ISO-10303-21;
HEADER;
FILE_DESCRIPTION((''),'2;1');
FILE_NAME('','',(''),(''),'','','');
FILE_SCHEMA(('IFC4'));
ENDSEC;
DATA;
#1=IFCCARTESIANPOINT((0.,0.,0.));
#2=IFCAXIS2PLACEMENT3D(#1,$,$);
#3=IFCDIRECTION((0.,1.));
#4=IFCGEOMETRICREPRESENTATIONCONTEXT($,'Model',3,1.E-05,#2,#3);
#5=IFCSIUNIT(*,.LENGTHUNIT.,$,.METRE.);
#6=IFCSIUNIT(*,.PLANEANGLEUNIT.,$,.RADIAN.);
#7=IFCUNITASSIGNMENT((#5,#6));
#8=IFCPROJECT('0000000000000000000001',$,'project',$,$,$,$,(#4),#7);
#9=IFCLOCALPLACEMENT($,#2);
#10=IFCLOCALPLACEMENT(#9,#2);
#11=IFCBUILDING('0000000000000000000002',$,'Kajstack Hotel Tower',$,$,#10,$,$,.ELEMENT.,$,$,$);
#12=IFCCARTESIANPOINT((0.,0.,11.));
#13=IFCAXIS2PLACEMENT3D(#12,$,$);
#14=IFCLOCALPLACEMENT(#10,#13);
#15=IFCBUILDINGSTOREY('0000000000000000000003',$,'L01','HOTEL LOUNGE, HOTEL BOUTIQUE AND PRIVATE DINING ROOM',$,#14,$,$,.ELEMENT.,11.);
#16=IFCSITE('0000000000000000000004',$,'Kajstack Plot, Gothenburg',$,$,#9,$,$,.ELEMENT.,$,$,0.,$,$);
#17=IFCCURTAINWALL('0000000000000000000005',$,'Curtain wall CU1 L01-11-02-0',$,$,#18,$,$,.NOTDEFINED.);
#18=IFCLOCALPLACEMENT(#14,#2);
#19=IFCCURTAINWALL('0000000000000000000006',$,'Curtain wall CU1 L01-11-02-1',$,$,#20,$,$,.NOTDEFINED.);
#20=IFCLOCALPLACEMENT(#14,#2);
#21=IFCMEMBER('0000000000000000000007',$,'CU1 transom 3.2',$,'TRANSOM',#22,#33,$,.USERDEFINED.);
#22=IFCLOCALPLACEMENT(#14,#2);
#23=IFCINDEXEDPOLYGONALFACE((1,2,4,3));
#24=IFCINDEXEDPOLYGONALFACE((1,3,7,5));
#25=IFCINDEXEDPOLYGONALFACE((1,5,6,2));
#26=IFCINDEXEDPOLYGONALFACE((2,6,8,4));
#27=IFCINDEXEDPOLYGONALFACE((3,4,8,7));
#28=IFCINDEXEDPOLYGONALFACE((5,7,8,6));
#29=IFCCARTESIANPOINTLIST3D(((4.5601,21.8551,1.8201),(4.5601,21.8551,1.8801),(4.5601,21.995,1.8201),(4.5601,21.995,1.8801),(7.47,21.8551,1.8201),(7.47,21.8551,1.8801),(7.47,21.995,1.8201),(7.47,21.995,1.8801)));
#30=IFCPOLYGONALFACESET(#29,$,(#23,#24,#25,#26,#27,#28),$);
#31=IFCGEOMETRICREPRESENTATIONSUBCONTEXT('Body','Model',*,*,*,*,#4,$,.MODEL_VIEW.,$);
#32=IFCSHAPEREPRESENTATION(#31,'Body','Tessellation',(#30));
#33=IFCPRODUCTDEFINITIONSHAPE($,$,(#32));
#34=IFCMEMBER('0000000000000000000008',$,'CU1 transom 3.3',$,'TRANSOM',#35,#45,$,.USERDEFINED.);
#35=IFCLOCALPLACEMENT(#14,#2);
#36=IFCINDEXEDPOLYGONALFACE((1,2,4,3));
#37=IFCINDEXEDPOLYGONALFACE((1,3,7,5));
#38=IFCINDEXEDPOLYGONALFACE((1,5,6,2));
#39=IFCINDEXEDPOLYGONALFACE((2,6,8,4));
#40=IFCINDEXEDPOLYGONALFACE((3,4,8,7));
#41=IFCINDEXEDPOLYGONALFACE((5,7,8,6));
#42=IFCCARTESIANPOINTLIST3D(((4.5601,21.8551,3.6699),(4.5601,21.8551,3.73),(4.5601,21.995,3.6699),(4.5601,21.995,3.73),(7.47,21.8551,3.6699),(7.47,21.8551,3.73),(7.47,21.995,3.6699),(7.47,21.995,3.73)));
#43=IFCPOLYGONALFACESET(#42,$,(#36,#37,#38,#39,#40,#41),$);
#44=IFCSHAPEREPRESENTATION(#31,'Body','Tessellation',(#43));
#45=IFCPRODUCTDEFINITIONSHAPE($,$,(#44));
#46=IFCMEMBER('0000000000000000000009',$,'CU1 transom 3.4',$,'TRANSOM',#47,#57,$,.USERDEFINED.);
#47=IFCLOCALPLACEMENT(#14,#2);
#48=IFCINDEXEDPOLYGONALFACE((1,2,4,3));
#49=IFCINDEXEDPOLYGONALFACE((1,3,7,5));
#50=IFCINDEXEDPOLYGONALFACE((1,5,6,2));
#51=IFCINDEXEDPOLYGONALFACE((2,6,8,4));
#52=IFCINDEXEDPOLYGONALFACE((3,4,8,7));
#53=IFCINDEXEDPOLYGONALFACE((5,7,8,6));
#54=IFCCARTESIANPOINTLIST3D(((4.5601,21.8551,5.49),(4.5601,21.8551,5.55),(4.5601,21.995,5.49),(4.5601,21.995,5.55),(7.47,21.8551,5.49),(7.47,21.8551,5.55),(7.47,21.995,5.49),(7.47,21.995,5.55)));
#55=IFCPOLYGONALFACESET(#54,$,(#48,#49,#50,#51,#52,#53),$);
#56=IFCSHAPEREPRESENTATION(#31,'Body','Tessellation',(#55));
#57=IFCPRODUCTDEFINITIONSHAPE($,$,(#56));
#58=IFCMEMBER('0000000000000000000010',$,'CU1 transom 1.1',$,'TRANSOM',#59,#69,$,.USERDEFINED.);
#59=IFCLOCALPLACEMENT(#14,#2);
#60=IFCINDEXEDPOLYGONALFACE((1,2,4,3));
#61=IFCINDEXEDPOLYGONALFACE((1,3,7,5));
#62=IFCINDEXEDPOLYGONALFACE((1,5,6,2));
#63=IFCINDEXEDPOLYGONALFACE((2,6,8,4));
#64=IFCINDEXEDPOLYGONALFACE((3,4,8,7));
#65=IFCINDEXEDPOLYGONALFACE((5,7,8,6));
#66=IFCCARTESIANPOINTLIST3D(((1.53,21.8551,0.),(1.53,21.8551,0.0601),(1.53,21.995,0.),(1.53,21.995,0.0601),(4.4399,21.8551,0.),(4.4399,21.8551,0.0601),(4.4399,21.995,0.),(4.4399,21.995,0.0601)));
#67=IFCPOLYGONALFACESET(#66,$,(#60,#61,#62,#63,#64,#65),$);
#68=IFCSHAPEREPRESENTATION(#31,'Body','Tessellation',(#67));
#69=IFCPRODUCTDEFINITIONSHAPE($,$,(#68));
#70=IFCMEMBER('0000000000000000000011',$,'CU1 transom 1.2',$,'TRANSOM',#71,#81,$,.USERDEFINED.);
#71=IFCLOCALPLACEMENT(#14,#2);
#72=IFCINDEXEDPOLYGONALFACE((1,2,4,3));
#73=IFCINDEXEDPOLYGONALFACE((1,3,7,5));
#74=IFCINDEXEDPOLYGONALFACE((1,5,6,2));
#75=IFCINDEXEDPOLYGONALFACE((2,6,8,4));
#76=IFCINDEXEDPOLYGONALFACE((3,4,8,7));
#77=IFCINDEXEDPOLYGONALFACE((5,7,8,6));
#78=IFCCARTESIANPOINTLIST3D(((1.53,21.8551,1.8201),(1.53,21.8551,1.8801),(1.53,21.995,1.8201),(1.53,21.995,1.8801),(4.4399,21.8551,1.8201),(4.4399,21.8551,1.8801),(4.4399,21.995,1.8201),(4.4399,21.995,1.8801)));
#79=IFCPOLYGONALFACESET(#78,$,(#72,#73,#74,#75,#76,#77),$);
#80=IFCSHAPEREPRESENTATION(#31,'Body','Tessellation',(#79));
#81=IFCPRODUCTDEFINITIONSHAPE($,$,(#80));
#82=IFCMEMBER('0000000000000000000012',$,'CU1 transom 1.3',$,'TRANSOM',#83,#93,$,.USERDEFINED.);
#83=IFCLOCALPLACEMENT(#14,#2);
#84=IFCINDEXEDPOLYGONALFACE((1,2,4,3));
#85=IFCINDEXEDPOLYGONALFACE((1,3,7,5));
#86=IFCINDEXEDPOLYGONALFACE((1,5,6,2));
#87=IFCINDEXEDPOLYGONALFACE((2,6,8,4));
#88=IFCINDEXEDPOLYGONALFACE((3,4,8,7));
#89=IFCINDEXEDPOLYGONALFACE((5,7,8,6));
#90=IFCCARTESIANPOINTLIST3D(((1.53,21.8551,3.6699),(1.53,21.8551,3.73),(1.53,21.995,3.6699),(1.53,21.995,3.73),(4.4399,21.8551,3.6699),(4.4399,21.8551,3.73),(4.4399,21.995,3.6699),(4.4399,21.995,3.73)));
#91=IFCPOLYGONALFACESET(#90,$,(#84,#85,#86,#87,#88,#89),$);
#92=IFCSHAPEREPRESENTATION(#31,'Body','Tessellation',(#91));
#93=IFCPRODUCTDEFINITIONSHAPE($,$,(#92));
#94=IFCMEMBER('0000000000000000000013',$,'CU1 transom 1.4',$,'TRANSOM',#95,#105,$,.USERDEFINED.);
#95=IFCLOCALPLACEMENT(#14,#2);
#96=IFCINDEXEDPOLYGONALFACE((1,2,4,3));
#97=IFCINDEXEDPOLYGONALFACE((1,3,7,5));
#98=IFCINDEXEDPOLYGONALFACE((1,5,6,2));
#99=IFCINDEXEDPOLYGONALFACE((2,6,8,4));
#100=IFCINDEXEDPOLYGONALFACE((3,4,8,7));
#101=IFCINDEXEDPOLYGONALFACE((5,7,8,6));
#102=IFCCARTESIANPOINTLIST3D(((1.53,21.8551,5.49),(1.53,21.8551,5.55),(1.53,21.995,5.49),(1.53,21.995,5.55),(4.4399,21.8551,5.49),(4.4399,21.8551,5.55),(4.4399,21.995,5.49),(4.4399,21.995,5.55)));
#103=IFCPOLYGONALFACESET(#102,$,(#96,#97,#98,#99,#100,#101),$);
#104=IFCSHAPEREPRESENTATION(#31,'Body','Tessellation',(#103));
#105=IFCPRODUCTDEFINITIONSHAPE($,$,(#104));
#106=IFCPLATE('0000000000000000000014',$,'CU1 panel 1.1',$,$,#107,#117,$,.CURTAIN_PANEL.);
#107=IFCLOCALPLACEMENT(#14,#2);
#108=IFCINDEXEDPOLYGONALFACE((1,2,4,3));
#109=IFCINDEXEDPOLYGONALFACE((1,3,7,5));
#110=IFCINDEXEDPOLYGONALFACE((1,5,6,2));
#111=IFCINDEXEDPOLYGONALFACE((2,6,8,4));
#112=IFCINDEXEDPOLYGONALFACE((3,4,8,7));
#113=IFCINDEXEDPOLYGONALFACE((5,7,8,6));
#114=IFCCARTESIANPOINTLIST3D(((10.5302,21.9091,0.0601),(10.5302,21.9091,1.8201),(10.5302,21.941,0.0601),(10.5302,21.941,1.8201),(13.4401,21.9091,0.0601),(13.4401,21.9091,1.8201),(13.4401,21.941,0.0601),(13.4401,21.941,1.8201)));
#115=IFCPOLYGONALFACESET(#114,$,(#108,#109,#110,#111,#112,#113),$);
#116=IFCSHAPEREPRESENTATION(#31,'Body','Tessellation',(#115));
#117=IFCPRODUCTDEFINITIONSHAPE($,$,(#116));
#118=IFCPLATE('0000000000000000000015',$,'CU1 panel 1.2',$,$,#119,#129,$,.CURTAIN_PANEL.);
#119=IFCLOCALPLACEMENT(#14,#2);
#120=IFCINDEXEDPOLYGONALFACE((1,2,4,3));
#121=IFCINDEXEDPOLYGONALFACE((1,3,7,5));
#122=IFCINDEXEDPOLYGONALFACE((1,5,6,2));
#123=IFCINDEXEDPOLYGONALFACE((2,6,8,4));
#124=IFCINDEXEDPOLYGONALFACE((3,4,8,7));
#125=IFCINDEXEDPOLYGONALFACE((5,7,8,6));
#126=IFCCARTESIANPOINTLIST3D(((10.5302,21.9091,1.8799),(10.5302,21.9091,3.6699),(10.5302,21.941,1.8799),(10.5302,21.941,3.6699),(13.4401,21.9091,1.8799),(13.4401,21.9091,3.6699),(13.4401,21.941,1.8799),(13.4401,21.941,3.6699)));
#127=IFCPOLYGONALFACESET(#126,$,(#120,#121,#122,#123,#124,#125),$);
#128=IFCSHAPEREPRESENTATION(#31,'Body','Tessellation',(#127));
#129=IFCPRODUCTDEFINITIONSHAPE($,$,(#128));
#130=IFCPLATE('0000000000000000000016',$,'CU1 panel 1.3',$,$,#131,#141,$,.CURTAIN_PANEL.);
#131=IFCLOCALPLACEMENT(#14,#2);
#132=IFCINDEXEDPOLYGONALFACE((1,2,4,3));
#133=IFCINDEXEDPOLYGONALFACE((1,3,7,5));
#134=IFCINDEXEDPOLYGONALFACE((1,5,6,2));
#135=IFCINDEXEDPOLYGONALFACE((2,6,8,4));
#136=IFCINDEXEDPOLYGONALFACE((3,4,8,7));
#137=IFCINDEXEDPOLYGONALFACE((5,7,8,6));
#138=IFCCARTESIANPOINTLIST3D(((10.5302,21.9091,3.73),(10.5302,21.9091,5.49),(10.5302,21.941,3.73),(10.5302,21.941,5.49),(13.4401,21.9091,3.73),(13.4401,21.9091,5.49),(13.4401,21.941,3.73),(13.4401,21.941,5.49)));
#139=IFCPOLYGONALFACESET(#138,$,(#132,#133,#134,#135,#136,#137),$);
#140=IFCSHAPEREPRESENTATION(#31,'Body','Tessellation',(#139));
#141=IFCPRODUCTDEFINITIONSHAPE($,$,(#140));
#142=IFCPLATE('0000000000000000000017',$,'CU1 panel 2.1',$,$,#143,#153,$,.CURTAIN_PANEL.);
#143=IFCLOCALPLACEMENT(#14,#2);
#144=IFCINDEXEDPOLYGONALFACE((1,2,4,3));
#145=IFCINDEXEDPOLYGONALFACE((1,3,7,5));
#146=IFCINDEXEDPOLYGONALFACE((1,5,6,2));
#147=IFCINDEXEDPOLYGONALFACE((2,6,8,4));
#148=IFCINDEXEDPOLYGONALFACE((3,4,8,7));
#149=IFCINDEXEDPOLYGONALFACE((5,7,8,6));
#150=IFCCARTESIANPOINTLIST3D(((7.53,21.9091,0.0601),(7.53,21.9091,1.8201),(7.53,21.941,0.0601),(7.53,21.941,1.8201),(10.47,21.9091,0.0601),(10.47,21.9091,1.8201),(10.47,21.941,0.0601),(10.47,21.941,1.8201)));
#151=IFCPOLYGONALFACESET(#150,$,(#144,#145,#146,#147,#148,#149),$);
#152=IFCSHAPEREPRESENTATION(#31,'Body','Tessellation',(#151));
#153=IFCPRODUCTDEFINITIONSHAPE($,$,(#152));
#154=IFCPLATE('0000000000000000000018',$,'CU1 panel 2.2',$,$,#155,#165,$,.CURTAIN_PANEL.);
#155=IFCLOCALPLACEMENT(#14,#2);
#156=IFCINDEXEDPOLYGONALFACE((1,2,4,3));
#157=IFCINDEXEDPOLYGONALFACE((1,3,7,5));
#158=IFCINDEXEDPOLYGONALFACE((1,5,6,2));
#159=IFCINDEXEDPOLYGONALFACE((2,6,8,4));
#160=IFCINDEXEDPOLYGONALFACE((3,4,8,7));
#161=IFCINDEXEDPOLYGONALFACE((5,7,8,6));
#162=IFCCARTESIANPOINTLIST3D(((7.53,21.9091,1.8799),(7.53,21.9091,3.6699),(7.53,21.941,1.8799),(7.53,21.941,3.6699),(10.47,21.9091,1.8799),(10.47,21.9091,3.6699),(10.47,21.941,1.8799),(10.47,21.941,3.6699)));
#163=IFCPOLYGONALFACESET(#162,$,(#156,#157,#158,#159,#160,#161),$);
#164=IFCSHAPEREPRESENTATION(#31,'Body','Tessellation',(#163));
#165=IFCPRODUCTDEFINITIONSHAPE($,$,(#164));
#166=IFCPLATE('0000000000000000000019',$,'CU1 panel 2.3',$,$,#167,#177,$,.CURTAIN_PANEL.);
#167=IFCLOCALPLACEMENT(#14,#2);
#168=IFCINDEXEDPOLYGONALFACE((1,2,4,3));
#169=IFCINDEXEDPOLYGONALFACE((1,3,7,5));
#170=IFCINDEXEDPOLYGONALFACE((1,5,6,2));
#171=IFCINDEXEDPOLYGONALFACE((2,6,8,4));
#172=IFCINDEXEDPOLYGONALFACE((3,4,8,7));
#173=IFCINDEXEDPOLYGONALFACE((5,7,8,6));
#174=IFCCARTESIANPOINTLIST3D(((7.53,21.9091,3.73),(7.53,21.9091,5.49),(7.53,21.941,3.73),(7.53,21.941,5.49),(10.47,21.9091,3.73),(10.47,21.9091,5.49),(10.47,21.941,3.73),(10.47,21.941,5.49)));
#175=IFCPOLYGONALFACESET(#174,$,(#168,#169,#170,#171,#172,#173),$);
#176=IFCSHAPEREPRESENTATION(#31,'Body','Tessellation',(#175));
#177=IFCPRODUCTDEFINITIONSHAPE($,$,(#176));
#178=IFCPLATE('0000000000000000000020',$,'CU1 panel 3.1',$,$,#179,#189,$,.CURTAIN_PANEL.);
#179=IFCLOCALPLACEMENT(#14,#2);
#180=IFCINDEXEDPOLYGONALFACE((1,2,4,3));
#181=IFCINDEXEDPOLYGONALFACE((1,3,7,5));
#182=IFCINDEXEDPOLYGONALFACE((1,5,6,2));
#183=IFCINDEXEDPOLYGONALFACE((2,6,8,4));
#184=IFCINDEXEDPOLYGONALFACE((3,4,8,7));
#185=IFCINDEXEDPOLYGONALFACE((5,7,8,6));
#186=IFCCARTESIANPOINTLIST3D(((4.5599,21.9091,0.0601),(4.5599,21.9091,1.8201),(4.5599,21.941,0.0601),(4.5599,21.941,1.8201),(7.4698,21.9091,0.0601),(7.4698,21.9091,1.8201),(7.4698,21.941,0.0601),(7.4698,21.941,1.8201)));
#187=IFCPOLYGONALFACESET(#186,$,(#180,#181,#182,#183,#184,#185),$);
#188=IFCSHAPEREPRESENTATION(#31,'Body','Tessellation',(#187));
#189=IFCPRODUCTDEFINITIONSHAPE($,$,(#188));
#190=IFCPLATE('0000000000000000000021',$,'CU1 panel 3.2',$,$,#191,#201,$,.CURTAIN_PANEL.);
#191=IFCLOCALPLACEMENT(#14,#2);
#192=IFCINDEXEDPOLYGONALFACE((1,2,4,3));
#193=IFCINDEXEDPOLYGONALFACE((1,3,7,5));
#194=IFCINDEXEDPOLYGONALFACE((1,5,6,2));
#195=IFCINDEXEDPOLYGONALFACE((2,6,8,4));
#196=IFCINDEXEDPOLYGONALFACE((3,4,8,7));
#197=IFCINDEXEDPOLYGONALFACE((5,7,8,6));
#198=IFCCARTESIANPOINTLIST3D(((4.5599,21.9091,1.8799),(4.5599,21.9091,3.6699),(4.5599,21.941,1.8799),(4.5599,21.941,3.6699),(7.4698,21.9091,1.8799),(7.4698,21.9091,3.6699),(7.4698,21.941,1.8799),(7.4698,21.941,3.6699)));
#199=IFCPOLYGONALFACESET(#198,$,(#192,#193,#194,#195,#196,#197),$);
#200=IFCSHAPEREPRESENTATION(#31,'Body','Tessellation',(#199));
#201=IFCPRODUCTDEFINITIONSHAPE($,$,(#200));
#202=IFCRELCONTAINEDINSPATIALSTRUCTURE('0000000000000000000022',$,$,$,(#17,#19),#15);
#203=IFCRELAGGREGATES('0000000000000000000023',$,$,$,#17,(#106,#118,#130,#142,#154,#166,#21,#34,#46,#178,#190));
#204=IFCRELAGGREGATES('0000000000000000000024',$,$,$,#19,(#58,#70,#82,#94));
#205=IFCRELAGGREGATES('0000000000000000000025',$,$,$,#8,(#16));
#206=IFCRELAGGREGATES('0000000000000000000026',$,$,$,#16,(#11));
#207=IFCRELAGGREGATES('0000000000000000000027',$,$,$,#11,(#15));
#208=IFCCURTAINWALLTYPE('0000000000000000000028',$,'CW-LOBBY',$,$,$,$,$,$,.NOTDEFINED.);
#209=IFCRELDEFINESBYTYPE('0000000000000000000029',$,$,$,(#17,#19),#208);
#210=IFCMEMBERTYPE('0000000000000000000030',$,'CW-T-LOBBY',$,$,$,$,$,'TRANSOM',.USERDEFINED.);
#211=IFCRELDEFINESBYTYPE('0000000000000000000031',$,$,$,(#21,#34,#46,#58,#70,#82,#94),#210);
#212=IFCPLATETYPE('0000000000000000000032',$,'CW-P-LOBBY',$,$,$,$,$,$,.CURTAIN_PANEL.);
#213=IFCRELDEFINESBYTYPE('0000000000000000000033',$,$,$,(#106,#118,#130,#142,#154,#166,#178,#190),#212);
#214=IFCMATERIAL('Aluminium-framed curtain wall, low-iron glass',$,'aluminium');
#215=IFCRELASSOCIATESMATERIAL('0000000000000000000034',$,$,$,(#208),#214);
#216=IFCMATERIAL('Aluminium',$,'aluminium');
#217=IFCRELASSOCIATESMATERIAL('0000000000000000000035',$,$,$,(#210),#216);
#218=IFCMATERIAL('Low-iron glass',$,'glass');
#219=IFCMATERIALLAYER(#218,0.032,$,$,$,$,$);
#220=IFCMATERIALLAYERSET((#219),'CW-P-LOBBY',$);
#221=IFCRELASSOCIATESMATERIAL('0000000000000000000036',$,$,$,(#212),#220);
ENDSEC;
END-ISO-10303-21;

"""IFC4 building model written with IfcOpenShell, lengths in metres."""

from ifc_helpers import new_model, si_unit, direction, frame, origin, origin_2d, place, context, subcontext, project, spatial, rectangle, extrude, material, layer, layer_set, material_profile, profile_set, type_object, element, aggregate, save


model = new_model("IFC4")

# Units and contexts
model_context = context("Model", 3, precision=1e-05, world=origin(), true_north=direction((0.0, 1.0)))
body_context = subcontext(model_context, "Body", "Model", "MODEL_VIEW")
ifc_project = project(units=[si_unit("LENGTHUNIT", "METRE"), si_unit("PLANEANGLEUNIT", "RADIAN")], contexts=[model_context])

# Site, building, storey
site_placement = place(None, origin())
site = spatial("IfcSite", under=ifc_project, at=site_placement, Name="Kajstack Plot, Gothenburg", CompositionType="ELEMENT", RefElevation=0.0)
building_placement = place(site_placement, origin())
building = spatial("IfcBuilding", under=site, at=building_placement, Name="Kajstack Hotel Tower", CompositionType="ELEMENT")
storey_placement = place(building_placement, frame((0.0, 0.0, 11.0)))
storey = spatial("IfcBuildingStorey", under=building, at=storey_placement, Name="L01", Description="HOTEL LOUNGE, HOTEL BOUTIQUE AND PRIVATE DINING ROOM", CompositionType="ELEMENT", Elevation=11.0)

# Curtain walls
ifc_material_1 = material(Name="Aluminium-framed curtain wall, low-iron glass", Category="aluminium")
curtain_wall_type = type_object("IfcCurtainWallType", Name="CW-LOBBY", PredefinedType="NOTDEFINED", material=ifc_material_1)
curtain_wall_1_placement = place(storey_placement, origin())
curtain_wall_1 = element("IfcCurtainWall", 1, at=curtain_wall_1_placement, inside=storey, type_object=curtain_wall_type, Name="Curtain wall CU1 L01-11-02-0", PredefinedType="NOTDEFINED")
ifc_material_2 = material(Name="Aluminium", Category="aluminium")
curtain_wall_2_placement = place(storey_placement, origin())
curtain_wall_2 = element("IfcCurtainWall", 2, at=curtain_wall_2_placement, inside=storey, type_object=curtain_wall_type, Name="Curtain wall CU1 L01-11-02-1", PredefinedType="NOTDEFINED")

# Members
ifc_material_profile_1 = material_profile(ifc_material_2, rectangle(XDim=0.1399, YDim=0.0601, at=origin_2d()), Name="Aluminium transom 140 x 60")
ifc_profile_set_1 = profile_set([ifc_material_profile_1], Name="Aluminium")
member_type_1 = type_object("IfcMemberType", Name="CW-T-LOBBY", ElementType="TRANSOM", PredefinedType="USERDEFINED", material=ifc_profile_set_1)
member_1_placement = place(storey_placement, frame((7.47, 21.925, 1.8501), z_axis=(-1.0, 0.0, 0.0), x_axis=(0.0, -1.0, 0.0)))
member_1 = element("IfcMember", 3, at=member_1_placement, type_object=member_type_1, Name="CU1 transom 3.2", ObjectType="TRANSOM", PredefinedType="USERDEFINED", context=body_context, shape_type="SweptSolid", body=[
    extrude(rectangle(XDim=0.1399, YDim=0.0601, at=origin_2d()), origin(), (0.0, 0.0, 1.0), 2.9099),
])
member_2_placement = place(storey_placement, frame((7.47, 21.925, 3.7), z_axis=(-1.0, 0.0, 0.0), x_axis=(0.0, -1.0, 0.0)))
member_2 = element("IfcMember", 4, at=member_2_placement, type_object=member_type_1, Name="CU1 transom 3.3", ObjectType="TRANSOM", PredefinedType="USERDEFINED", context=body_context, shape_type="SweptSolid", body=[
    extrude(rectangle(XDim=0.1399, YDim=0.0601, at=origin_2d()), origin(), (0.0, 0.0, 1.0), 2.9099),
])
member_3_placement = place(storey_placement, frame((7.47, 21.925, 5.52), z_axis=(-1.0, 0.0, 0.0), x_axis=(0.0, -1.0, 0.0)))
member_3 = element("IfcMember", 5, at=member_3_placement, type_object=member_type_1, Name="CU1 transom 3.4", ObjectType="TRANSOM", PredefinedType="USERDEFINED", context=body_context, shape_type="SweptSolid", body=[
    extrude(rectangle(XDim=0.1399, YDim=0.0601, at=origin_2d()), origin(), (0.0, 0.0, 1.0), 2.9099),
])
member_4_placement = place(storey_placement, frame((4.4399, 21.925, 0.03), z_axis=(-1.0, 0.0, 0.0), x_axis=(0.0, -1.0, 0.0)))
member_4 = element("IfcMember", 6, at=member_4_placement, type_object=member_type_1, Name="CU1 transom 1.1", ObjectType="TRANSOM", PredefinedType="USERDEFINED", context=body_context, shape_type="SweptSolid", body=[
    extrude(rectangle(XDim=0.1399, YDim=0.0601, at=origin_2d()), origin(), (0.0, 0.0, 1.0), 2.9099),
])
member_5_placement = place(storey_placement, frame((4.4399, 21.925, 1.8501), z_axis=(-1.0, 0.0, 0.0), x_axis=(0.0, -1.0, 0.0)))
member_5 = element("IfcMember", 7, at=member_5_placement, type_object=member_type_1, Name="CU1 transom 1.2", ObjectType="TRANSOM", PredefinedType="USERDEFINED", context=body_context, shape_type="SweptSolid", body=[
    extrude(rectangle(XDim=0.1399, YDim=0.0601, at=origin_2d()), origin(), (0.0, 0.0, 1.0), 2.9099),
])
member_6_placement = place(storey_placement, frame((4.4399, 21.925, 3.7), z_axis=(-1.0, 0.0, 0.0), x_axis=(0.0, -1.0, 0.0)))
member_6 = element("IfcMember", 8, at=member_6_placement, type_object=member_type_1, Name="CU1 transom 1.3", ObjectType="TRANSOM", PredefinedType="USERDEFINED", context=body_context, shape_type="SweptSolid", body=[
    extrude(rectangle(XDim=0.1399, YDim=0.0601, at=origin_2d()), origin(), (0.0, 0.0, 1.0), 2.9099),
])
member_7_placement = place(storey_placement, frame((4.4399, 21.925, 5.52), z_axis=(-1.0, 0.0, 0.0), x_axis=(0.0, -1.0, 0.0)))
member_7 = element("IfcMember", 9, at=member_7_placement, type_object=member_type_1, Name="CU1 transom 1.4", ObjectType="TRANSOM", PredefinedType="USERDEFINED", context=body_context, shape_type="SweptSolid", body=[
    extrude(rectangle(XDim=0.1399, YDim=0.0601, at=origin_2d()), origin(), (0.0, 0.0, 1.0), 2.9099),
])

# Plates
ifc_material_3 = material(Name="Low-iron glass", Category="glass")
ifc_layer = layer(ifc_material_3, 0.032)
ifc_layer_set = layer_set([ifc_layer], Name="CW-P-LOBBY")
plate_type = type_object("IfcPlateType", Name="CW-P-LOBBY", PredefinedType="CURTAIN_PANEL", material=ifc_layer_set)
plate_1_placement = place(storey_placement, frame((11.9851, 21.925, 0.0601), z_axis=(0.0, 0.0, 1.0), x_axis=(-1.0, 0.0, 0.0)))
plate_1 = element("IfcPlate", 10, at=plate_1_placement, type_object=plate_type, Name="CU1 panel 1.1", PredefinedType="CURTAIN_PANEL", context=body_context, shape_type="SweptSolid", body=[
    extrude(rectangle(XDim=2.9099, YDim=0.032, at=origin_2d()), origin(), (0.0, 0.0, 1.0), 1.76),
])
plate_2_placement = place(storey_placement, frame((11.9851, 21.925, 1.8799), z_axis=(0.0, 0.0, 1.0), x_axis=(-1.0, 0.0, 0.0)))
plate_2 = element("IfcPlate", 11, at=plate_2_placement, type_object=plate_type, Name="CU1 panel 1.2", PredefinedType="CURTAIN_PANEL", context=body_context, shape_type="SweptSolid", body=[
    extrude(rectangle(XDim=2.9099, YDim=0.032, at=origin_2d()), origin(), (0.0, 0.0, 1.0), 1.79),
])
plate_3_placement = place(storey_placement, frame((11.9851, 21.925, 3.73), z_axis=(0.0, 0.0, 1.0), x_axis=(-1.0, 0.0, 0.0)))
plate_3 = element("IfcPlate", 12, at=plate_3_placement, type_object=plate_type, Name="CU1 panel 1.3", PredefinedType="CURTAIN_PANEL", context=body_context, shape_type="SweptSolid", body=[
    extrude(rectangle(XDim=2.9099, YDim=0.032, at=origin_2d()), origin(), (0.0, 0.0, 1.0), 1.76),
])
plate_4_placement = place(storey_placement, frame((9.0, 21.925, 0.0601), z_axis=(0.0, 0.0, 1.0), x_axis=(-1.0, 0.0, 0.0)))
plate_4 = element("IfcPlate", 13, at=plate_4_placement, type_object=plate_type, Name="CU1 panel 2.1", PredefinedType="CURTAIN_PANEL", context=body_context, shape_type="SweptSolid", body=[
    extrude(rectangle(XDim=2.9399, YDim=0.032, at=origin_2d()), origin(), (0.0, 0.0, 1.0), 1.76),
])
plate_5_placement = place(storey_placement, frame((9.0, 21.925, 1.8799), z_axis=(0.0, 0.0, 1.0), x_axis=(-1.0, 0.0, 0.0)))
plate_5 = element("IfcPlate", 14, at=plate_5_placement, type_object=plate_type, Name="CU1 panel 2.2", PredefinedType="CURTAIN_PANEL", context=body_context, shape_type="SweptSolid", body=[
    extrude(rectangle(XDim=2.9399, YDim=0.032, at=origin_2d()), origin(), (0.0, 0.0, 1.0), 1.79),
])
plate_6_placement = place(storey_placement, frame((9.0, 21.925, 3.73), z_axis=(0.0, 0.0, 1.0), x_axis=(-1.0, 0.0, 0.0)))
plate_6 = element("IfcPlate", 15, at=plate_6_placement, type_object=plate_type, Name="CU1 panel 2.3", PredefinedType="CURTAIN_PANEL", context=body_context, shape_type="SweptSolid", body=[
    extrude(rectangle(XDim=2.9399, YDim=0.032, at=origin_2d()), origin(), (0.0, 0.0, 1.0), 1.76),
])
plate_7_placement = place(storey_placement, frame((6.0149, 21.925, 0.0601), z_axis=(0.0, 0.0, 1.0), x_axis=(-1.0, 0.0, 0.0)))
plate_7 = element("IfcPlate", 16, at=plate_7_placement, type_object=plate_type, Name="CU1 panel 3.1", PredefinedType="CURTAIN_PANEL", context=body_context, shape_type="SweptSolid", body=[
    extrude(rectangle(XDim=2.9099, YDim=0.032, at=origin_2d()), origin(), (0.0, 0.0, 1.0), 1.76),
])
plate_8_placement = place(storey_placement, frame((6.0149, 21.925, 1.8799), z_axis=(0.0, 0.0, 1.0), x_axis=(-1.0, 0.0, 0.0)))
plate_8 = element("IfcPlate", 17, at=plate_8_placement, type_object=plate_type, Name="CU1 panel 3.2", PredefinedType="CURTAIN_PANEL", context=body_context, shape_type="SweptSolid", body=[
    extrude(rectangle(XDim=2.9099, YDim=0.032, at=origin_2d()), origin(), (0.0, 0.0, 1.0), 1.79),
])
aggregate(curtain_wall_1, [plate_1, plate_2, plate_3, plate_4, plate_5, plate_6, member_1, member_2, member_3, plate_7, plate_8])
aggregate(curtain_wall_2, [member_4, member_5, member_6, member_7])

save(model, "model.ifc")
